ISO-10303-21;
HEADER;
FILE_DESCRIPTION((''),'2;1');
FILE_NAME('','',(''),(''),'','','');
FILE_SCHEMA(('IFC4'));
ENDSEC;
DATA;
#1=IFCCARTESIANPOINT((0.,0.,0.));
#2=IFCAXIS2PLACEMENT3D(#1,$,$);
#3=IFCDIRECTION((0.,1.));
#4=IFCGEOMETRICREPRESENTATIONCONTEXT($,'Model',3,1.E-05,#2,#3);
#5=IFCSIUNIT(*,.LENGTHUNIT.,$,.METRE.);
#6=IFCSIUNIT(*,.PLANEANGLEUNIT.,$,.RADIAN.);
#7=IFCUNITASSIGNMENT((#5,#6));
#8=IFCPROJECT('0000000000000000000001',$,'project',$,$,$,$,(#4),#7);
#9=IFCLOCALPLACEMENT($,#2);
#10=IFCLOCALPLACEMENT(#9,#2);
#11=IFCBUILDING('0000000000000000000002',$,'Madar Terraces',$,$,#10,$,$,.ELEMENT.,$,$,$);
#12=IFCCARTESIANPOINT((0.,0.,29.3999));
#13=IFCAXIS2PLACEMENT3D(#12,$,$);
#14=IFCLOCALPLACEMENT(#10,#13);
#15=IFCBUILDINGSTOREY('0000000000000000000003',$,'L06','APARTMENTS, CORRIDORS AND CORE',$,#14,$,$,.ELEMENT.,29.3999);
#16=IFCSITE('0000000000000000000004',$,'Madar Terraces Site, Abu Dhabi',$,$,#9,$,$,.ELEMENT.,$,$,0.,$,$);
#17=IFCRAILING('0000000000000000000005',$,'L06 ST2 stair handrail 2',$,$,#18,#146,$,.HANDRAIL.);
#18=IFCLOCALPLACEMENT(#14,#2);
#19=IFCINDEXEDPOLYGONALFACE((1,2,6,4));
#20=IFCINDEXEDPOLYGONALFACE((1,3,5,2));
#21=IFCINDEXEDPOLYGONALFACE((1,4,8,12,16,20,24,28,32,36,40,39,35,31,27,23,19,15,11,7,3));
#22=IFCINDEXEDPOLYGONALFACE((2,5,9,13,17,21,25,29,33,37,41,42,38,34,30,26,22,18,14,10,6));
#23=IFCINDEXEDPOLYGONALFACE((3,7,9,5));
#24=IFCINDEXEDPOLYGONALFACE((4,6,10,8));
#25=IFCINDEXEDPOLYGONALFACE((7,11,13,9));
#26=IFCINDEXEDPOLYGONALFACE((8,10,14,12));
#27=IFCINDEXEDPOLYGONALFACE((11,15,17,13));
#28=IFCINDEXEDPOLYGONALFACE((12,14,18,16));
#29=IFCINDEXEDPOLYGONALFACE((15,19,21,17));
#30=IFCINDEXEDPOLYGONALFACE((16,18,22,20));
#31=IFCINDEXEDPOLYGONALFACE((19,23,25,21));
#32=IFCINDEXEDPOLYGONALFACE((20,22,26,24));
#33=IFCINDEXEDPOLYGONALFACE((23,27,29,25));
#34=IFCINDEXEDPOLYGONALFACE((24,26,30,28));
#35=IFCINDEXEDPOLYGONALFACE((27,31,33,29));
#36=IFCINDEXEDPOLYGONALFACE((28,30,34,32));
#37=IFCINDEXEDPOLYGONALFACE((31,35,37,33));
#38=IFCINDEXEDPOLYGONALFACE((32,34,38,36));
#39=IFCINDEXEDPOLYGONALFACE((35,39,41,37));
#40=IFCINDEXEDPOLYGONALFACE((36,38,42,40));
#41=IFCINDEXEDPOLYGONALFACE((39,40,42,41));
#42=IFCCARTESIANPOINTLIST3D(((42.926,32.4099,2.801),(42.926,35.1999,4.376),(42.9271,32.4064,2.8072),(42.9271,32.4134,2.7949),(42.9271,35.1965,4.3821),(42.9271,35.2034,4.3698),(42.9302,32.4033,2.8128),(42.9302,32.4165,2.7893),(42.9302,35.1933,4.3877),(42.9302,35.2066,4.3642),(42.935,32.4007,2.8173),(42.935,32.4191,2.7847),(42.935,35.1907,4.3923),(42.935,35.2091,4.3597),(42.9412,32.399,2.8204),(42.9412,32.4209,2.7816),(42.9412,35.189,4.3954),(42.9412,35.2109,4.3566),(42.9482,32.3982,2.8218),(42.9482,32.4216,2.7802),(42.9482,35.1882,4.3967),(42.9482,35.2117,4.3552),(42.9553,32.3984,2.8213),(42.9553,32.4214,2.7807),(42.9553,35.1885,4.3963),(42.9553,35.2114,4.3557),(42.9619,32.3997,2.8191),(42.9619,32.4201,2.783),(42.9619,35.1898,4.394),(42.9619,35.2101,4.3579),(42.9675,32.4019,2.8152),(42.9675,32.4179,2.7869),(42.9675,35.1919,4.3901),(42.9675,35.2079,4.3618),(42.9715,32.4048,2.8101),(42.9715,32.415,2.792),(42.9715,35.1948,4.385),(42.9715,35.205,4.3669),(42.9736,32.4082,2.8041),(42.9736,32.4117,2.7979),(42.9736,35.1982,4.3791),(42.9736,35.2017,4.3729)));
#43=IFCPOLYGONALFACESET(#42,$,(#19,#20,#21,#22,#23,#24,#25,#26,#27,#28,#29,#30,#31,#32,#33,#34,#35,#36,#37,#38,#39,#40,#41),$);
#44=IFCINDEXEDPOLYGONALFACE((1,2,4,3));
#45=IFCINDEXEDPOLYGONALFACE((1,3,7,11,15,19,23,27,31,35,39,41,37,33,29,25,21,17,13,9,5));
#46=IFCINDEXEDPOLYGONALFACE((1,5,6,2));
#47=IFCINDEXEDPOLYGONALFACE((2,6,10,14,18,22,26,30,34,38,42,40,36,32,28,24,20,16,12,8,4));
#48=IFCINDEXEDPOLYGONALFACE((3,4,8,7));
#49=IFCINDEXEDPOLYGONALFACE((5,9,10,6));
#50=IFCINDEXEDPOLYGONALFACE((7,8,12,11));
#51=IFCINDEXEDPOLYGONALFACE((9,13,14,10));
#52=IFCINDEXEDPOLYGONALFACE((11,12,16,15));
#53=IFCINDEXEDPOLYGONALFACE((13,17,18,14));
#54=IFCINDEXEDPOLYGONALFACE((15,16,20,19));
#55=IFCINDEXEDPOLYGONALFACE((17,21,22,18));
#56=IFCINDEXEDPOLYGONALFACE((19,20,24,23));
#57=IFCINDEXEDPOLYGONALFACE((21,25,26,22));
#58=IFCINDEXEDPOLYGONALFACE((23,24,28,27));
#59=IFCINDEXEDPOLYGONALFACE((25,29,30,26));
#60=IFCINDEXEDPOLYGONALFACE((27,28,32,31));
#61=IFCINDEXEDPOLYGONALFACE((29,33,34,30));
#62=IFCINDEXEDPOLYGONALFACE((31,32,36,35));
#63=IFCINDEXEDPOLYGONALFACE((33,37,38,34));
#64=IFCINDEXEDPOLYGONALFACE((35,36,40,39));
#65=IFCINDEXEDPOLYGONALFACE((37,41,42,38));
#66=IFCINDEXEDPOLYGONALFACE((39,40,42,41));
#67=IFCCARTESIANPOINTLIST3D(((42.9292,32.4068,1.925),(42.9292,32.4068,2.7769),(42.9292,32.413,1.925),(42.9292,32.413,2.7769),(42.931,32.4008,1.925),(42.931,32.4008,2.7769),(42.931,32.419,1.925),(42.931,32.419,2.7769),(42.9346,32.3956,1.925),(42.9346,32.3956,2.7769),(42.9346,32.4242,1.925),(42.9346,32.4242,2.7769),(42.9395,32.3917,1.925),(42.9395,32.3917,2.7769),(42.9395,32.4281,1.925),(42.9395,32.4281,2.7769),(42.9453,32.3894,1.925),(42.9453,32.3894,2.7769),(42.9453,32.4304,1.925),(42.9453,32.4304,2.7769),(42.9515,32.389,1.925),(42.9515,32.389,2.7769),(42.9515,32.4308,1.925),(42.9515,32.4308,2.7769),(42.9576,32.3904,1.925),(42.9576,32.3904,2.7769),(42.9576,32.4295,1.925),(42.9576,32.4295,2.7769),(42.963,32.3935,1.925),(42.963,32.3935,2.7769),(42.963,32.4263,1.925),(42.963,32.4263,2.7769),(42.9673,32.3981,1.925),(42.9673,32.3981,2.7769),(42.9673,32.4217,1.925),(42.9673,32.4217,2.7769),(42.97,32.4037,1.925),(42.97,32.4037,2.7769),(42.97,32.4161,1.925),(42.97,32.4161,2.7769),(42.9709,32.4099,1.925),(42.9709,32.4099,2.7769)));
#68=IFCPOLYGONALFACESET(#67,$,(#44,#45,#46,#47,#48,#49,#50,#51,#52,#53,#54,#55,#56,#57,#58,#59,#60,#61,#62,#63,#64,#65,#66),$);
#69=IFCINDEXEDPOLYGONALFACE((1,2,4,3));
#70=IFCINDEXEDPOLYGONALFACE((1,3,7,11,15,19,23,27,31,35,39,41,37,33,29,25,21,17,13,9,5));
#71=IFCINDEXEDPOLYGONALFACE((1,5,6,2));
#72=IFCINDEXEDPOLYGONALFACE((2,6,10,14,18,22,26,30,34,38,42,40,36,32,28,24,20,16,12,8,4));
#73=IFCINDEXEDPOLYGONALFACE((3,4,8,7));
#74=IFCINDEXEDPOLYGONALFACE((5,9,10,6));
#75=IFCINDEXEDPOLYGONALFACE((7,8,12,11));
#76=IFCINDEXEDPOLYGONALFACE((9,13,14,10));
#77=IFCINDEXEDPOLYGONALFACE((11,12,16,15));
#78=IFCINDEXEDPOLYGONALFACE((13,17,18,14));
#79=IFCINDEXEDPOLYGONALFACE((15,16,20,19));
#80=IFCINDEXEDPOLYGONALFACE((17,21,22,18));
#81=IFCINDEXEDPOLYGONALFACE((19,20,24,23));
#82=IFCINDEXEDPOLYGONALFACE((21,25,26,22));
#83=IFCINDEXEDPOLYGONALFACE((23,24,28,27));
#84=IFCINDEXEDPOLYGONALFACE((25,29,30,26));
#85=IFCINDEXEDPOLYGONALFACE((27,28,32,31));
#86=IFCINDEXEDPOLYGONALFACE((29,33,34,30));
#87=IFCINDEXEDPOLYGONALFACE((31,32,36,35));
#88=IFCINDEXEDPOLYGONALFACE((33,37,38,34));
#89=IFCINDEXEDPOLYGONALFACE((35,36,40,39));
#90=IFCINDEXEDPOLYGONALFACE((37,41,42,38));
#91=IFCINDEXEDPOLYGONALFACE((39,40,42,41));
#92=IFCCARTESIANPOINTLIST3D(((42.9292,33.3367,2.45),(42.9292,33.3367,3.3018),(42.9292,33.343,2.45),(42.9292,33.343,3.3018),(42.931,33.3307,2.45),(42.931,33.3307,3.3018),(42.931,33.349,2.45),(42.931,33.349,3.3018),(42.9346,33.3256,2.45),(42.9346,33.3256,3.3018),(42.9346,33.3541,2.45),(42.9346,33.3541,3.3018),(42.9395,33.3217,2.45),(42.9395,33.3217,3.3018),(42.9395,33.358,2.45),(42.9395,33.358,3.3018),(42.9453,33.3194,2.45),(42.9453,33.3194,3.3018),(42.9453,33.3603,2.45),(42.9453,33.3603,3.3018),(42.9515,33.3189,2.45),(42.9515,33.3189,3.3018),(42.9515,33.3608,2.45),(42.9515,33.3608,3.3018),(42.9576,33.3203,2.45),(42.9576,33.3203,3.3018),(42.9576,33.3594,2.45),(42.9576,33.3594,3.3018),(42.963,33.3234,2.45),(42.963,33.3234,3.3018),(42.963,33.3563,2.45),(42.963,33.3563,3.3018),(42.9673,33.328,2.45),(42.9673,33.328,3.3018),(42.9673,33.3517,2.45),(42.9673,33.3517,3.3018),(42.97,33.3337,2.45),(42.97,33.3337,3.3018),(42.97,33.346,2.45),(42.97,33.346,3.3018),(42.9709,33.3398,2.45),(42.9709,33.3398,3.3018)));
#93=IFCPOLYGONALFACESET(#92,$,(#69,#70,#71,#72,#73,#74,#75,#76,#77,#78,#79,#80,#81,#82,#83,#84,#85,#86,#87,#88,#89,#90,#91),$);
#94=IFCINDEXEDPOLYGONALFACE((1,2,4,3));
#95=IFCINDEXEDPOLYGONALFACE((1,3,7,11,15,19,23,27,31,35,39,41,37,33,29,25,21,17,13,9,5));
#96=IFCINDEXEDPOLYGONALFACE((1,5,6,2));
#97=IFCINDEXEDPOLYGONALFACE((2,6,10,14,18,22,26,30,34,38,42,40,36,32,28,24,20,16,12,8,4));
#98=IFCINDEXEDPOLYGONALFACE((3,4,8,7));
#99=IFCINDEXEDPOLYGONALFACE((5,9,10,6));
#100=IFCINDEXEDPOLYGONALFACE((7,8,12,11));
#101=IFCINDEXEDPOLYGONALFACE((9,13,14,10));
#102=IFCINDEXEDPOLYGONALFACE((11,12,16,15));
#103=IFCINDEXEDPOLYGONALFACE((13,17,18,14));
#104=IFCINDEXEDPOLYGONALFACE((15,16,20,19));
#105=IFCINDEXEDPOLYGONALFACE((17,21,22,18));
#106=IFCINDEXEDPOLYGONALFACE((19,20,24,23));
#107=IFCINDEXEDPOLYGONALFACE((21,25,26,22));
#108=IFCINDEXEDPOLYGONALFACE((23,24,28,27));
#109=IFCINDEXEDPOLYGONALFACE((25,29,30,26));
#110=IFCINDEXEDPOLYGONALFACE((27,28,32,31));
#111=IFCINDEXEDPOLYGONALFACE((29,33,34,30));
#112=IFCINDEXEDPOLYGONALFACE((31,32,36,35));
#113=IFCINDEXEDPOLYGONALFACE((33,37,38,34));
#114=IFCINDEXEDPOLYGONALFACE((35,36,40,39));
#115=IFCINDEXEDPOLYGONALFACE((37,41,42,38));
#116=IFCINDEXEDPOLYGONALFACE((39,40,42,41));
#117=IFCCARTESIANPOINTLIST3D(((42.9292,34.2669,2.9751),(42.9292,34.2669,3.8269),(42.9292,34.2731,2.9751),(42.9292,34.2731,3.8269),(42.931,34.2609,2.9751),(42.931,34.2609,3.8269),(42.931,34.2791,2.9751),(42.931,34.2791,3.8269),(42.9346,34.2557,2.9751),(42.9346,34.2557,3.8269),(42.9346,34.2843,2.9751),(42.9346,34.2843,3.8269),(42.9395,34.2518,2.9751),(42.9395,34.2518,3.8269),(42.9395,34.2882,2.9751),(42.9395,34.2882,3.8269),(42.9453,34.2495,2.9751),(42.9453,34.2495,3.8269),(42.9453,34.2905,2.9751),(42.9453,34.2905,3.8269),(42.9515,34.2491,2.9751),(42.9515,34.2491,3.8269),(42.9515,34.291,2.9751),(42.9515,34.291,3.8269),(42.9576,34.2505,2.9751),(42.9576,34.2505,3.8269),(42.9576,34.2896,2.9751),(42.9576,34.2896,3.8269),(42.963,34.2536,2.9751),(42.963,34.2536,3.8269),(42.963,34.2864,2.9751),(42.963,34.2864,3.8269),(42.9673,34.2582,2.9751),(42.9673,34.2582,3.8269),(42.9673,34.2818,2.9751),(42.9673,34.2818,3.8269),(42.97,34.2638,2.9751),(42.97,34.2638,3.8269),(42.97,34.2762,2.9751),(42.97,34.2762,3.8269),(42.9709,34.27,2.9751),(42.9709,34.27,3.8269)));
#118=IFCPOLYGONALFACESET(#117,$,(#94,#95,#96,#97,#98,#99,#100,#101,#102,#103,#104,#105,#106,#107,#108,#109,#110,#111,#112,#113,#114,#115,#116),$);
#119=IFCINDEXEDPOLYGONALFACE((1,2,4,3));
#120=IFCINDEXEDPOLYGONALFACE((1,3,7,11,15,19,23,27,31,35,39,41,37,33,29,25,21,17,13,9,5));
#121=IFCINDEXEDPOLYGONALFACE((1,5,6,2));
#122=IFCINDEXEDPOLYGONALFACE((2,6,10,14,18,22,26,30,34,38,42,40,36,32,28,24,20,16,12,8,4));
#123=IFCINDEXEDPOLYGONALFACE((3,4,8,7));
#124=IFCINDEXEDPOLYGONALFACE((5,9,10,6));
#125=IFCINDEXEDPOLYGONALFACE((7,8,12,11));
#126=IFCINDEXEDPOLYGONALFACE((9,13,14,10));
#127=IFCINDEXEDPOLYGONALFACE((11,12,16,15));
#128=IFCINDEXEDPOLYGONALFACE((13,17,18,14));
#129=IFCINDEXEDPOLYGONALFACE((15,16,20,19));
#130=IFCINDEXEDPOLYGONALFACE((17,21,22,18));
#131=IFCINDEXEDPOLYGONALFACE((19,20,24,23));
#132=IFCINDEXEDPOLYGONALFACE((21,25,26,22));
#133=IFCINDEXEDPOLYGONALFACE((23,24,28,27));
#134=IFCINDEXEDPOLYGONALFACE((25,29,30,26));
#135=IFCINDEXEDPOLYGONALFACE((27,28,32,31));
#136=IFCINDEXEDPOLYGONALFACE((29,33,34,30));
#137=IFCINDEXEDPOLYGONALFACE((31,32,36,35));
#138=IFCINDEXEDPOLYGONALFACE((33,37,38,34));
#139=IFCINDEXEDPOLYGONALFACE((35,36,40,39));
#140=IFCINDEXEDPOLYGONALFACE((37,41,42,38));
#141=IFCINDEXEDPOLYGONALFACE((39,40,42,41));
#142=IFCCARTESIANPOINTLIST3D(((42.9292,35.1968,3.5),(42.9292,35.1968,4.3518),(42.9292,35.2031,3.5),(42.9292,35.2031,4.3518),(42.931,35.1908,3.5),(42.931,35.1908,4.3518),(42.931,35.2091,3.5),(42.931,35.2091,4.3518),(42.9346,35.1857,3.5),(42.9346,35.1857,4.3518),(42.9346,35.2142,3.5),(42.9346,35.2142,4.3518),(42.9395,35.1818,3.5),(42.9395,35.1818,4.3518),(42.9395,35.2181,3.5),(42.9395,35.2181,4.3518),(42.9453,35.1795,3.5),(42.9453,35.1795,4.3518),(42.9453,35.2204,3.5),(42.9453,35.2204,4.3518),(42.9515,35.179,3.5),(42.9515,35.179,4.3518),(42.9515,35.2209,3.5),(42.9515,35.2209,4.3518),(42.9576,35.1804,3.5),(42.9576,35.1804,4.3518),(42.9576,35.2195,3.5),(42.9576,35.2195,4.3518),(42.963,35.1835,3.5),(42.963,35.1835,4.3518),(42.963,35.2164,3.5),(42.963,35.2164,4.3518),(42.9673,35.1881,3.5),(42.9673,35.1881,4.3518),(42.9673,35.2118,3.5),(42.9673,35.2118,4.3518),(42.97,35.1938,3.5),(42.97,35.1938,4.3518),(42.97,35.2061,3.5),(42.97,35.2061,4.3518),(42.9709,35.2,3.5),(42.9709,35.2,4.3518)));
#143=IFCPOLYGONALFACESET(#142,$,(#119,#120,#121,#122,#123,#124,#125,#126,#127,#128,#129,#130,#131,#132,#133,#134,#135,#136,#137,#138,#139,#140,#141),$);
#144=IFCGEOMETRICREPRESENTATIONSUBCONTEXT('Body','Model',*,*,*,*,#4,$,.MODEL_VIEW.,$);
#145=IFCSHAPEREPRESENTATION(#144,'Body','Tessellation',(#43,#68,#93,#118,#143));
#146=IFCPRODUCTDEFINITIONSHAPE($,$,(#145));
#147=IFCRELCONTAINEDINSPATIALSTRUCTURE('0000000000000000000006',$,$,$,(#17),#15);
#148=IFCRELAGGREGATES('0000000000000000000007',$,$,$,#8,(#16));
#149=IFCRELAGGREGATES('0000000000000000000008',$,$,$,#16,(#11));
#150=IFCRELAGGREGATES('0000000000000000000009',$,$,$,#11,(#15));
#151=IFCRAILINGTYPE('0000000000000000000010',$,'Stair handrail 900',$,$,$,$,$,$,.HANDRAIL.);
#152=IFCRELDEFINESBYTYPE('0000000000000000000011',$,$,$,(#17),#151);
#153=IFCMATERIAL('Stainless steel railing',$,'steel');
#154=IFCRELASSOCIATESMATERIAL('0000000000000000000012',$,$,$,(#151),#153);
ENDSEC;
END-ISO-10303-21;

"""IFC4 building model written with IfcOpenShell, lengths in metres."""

from ifc_helpers import new_model, si_unit, direction, frame, origin, origin_2d, place, context, subcontext, project, spatial, circle, extrude, material, type_object, element, save


model = new_model("IFC4")

# Units and contexts
model_context = context("Model", 3, precision=1e-05, world=origin(), true_north=direction((0.0, 1.0)))
body_context = subcontext(model_context, "Body", "Model", "MODEL_VIEW")
ifc_project = project(units=[si_unit("LENGTHUNIT", "METRE"), si_unit("PLANEANGLEUNIT", "RADIAN")], contexts=[model_context])

# Site, building, storey
site_placement = place(None, origin())
site = spatial("IfcSite", under=ifc_project, at=site_placement, Name="Madar Terraces Site, Abu Dhabi", CompositionType="ELEMENT", RefElevation=0.0)
building_placement = place(site_placement, origin())
building = spatial("IfcBuilding", under=site, at=building_placement, Name="Madar Terraces", CompositionType="ELEMENT")
storey_placement = place(building_placement, frame((0.0, 0.0, 29.3999)))
storey = spatial("IfcBuildingStorey", under=building, at=storey_placement, Name="L06", Description="APARTMENTS, CORRIDORS AND CORE", CompositionType="ELEMENT", Elevation=29.3999)

# Railing
ifc_material_1 = material(Name="Stainless steel railing", Category="steel")
railing_type_1 = type_object("IfcRailingType", Name="Stair handrail 900", PredefinedType="HANDRAIL", material=ifc_material_1)
railing_1_placement = place(storey_placement, frame((42.95, 32.4099, 1.925)))
element("IfcRailing", 1, at=railing_1_placement, inside=storey, type_object=railing_type_1, Name="L06 ST2 stair handrail 2", PredefinedType="HANDRAIL", context=body_context, shape_type="SweptSolid", body=[
    extrude(circle(Radius=0.0239, at=origin_2d()), frame((0.0, 0.0, 0.876), z_axis=(0.0, 0.870834, 0.491578), x_axis=(-1.0, 0.0, 0.0)), (0.0, 0.0, 1.0), 3.2039),
    extrude(circle(Radius=0.021, at=origin_2d()), origin(), (0.0, 0.0, 1.0), 0.8518),
    extrude(circle(Radius=0.021, at=origin_2d()), frame((0.0, 0.9299, 0.5249)), (0.0, 0.0, 1.0), 0.8518),
    extrude(circle(Radius=0.021, at=origin_2d()), frame((0.0, 1.8601, 1.05)), (0.0, 0.0, 1.0), 0.8518),
    extrude(circle(Radius=0.021, at=origin_2d()), frame((0.0, 2.79, 1.575)), (0.0, 0.0, 1.0), 0.8518),
])

save(model, "model.ifc")
